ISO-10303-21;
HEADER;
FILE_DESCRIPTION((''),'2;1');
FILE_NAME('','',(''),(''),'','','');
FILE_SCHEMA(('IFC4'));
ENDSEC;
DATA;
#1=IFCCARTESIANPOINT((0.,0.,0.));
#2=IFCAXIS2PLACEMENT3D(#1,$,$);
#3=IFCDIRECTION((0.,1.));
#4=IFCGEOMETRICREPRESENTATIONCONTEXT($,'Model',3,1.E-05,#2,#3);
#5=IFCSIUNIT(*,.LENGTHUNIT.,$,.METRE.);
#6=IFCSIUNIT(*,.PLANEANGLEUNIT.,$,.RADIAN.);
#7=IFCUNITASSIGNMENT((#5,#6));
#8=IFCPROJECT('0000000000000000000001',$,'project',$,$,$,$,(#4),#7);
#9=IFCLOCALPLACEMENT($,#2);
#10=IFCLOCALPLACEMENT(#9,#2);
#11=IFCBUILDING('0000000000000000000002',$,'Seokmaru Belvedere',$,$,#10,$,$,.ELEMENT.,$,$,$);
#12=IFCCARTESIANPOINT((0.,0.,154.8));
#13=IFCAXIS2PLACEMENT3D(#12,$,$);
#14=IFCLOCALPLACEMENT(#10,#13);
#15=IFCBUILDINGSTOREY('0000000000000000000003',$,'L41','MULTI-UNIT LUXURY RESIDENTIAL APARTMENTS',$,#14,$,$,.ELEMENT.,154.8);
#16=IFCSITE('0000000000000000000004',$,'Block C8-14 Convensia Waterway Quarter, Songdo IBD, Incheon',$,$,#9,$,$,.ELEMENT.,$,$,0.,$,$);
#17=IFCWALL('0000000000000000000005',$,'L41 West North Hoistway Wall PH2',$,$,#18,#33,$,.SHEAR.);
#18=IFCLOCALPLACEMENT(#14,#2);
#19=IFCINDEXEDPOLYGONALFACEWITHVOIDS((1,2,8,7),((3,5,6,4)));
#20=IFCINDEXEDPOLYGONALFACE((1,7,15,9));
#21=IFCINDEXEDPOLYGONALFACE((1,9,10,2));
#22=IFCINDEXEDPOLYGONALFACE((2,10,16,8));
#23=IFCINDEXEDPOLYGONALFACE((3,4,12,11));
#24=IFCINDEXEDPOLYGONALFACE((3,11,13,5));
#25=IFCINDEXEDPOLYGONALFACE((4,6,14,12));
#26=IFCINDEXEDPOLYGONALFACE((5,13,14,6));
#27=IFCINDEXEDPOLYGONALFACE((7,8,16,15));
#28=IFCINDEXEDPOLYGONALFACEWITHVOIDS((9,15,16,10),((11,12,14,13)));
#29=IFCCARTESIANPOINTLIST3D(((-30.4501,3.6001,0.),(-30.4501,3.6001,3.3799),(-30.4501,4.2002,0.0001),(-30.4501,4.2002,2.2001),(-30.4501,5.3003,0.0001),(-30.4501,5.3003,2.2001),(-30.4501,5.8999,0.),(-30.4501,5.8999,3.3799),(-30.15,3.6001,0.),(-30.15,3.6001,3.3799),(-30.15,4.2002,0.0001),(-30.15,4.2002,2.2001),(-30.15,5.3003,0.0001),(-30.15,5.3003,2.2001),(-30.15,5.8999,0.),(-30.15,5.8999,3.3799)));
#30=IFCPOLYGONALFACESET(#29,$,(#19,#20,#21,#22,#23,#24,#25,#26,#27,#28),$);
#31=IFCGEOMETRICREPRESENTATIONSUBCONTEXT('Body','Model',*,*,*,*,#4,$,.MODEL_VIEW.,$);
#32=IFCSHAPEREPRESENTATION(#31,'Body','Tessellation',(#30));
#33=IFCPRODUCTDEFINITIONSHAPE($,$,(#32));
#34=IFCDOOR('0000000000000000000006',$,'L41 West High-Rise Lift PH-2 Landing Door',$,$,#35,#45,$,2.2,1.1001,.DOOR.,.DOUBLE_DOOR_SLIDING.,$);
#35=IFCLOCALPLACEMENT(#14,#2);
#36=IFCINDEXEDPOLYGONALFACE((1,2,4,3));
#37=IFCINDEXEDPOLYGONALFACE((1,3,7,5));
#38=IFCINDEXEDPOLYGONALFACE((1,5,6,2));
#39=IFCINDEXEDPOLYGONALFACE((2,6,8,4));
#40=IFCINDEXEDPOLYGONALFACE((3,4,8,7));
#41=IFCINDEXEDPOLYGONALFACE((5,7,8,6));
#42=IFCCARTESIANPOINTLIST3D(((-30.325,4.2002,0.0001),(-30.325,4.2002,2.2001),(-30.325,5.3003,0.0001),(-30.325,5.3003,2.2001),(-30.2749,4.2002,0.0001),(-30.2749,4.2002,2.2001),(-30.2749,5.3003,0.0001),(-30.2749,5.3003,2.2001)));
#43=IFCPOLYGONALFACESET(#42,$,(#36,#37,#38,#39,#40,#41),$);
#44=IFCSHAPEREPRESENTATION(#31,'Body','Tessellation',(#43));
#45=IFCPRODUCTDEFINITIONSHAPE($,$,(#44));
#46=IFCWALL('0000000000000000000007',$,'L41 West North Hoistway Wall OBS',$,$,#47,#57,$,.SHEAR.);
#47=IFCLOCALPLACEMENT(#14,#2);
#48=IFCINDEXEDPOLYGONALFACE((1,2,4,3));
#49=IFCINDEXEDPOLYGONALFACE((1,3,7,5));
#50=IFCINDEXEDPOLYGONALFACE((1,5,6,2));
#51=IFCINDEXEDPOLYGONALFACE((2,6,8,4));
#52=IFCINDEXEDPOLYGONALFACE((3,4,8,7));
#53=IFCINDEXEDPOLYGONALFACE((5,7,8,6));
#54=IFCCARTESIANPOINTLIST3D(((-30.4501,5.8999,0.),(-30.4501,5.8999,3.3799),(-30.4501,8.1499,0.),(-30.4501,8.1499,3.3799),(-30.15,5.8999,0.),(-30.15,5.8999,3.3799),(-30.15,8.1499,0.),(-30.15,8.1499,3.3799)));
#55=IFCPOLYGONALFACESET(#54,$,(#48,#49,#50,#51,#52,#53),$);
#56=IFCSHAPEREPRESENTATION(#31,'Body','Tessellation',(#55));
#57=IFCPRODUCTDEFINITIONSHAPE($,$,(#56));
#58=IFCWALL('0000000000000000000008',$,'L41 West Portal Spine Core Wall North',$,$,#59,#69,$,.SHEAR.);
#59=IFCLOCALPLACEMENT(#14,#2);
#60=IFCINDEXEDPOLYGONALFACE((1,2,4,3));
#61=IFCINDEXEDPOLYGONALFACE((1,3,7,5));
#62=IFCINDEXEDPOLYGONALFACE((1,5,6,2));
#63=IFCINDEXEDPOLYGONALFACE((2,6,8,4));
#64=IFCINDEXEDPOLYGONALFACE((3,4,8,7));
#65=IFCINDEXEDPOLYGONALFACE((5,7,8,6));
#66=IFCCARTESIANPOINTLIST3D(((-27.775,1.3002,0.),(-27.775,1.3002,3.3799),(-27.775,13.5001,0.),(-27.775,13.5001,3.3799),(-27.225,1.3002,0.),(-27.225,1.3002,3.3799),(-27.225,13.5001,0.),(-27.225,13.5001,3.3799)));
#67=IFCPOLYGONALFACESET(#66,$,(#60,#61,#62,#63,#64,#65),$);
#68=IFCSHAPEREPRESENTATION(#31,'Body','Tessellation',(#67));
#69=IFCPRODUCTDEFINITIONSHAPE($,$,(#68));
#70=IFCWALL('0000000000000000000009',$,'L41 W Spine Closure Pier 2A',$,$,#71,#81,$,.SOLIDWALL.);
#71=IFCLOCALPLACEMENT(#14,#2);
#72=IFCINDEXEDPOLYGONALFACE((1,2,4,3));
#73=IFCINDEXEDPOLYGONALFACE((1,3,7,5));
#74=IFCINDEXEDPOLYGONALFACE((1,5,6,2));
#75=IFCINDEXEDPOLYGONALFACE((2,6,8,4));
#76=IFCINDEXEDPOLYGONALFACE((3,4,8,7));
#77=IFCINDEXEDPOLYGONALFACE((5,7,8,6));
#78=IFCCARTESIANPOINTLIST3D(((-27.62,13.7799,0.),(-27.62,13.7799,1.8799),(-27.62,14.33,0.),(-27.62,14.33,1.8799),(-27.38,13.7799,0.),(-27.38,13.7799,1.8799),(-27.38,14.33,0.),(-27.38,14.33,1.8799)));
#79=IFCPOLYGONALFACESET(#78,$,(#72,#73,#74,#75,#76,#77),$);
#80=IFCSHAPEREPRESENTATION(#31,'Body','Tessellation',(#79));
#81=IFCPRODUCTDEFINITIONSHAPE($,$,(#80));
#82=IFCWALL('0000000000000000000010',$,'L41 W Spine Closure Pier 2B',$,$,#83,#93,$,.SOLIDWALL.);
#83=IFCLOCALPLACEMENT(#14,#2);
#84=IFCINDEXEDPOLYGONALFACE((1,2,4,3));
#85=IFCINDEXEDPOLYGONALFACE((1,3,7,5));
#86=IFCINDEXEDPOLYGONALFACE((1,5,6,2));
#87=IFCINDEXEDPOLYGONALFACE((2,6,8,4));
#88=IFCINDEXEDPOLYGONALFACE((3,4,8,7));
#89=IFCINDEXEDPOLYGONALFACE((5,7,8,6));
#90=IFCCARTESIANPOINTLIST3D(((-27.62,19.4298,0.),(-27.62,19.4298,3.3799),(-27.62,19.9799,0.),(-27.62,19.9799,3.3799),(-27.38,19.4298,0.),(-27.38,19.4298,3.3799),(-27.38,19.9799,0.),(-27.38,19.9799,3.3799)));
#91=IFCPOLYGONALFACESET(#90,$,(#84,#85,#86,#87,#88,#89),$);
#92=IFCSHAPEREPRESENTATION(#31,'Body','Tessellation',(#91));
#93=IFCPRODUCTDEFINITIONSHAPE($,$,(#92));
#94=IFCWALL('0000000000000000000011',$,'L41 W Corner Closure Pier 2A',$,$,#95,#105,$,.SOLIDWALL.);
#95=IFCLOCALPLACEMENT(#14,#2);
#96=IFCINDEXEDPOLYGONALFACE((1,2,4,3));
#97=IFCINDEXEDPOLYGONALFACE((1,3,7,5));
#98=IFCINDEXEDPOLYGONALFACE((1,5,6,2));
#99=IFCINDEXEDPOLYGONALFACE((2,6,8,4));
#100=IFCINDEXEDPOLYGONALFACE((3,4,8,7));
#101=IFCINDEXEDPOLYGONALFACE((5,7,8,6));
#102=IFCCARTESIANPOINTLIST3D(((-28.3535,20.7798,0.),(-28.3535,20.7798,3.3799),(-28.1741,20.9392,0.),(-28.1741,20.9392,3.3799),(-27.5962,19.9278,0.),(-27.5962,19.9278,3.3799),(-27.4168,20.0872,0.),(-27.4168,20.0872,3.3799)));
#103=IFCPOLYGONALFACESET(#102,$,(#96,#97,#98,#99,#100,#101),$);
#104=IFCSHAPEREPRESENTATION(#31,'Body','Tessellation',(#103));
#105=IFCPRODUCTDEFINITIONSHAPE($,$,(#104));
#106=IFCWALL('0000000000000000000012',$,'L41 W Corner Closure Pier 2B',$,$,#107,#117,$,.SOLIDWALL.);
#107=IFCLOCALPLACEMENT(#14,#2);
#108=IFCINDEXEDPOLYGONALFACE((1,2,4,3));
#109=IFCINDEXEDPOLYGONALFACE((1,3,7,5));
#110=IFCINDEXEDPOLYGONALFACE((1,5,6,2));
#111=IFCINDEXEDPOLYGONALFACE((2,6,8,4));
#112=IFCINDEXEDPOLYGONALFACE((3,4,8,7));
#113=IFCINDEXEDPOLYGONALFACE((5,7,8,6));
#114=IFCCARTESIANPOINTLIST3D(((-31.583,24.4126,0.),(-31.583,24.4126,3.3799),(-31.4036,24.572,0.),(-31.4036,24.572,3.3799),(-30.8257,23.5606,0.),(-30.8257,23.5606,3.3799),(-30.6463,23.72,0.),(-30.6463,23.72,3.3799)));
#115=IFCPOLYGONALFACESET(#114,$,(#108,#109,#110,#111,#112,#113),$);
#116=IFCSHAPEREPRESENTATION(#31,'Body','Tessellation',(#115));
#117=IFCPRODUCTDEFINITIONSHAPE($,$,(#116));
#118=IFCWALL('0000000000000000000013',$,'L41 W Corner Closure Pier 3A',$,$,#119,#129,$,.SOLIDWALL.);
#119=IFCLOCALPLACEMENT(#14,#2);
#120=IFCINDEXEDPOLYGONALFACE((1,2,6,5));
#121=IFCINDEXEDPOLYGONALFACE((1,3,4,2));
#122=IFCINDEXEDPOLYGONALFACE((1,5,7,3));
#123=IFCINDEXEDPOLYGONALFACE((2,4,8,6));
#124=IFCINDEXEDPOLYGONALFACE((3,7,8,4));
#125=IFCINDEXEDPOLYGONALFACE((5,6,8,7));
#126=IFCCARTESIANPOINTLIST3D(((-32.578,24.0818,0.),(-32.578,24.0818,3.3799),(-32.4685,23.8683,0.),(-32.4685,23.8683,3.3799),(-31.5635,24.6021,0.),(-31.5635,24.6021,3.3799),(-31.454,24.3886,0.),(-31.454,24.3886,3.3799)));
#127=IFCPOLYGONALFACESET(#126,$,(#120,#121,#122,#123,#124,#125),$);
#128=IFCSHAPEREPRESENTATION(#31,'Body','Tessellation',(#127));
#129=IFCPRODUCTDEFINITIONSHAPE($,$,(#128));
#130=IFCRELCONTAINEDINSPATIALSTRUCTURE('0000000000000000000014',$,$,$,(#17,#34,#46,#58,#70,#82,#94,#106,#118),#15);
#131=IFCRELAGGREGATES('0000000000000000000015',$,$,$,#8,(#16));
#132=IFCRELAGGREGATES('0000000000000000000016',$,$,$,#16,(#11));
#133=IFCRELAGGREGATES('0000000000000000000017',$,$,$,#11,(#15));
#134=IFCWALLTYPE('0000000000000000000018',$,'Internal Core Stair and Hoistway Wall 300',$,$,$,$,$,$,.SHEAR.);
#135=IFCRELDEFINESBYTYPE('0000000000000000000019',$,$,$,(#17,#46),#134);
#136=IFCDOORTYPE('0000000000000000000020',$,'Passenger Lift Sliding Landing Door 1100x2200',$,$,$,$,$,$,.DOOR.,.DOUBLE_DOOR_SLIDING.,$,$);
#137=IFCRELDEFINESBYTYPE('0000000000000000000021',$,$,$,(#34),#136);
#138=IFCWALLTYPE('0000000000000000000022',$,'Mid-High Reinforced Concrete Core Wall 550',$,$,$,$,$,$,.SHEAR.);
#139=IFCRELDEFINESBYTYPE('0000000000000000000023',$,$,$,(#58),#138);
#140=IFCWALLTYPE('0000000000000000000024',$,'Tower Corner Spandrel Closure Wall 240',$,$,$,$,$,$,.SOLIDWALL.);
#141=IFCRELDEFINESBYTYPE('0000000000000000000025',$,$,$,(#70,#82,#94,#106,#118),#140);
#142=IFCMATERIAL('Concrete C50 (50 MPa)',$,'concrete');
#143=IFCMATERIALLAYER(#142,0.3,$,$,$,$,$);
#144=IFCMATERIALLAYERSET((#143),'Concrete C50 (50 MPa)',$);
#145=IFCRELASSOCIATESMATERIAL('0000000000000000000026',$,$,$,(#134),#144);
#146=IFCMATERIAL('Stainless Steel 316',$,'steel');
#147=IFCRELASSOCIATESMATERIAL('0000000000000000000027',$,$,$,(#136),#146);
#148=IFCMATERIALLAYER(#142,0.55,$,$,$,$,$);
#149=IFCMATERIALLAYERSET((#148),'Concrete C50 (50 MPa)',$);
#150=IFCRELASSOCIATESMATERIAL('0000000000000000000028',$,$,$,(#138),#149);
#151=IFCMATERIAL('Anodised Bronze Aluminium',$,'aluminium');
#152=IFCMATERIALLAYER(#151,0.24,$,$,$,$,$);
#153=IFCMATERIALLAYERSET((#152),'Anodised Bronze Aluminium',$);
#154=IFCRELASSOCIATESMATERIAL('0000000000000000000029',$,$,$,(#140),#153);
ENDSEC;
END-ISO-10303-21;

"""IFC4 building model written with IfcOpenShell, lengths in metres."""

from ifc_helpers import new_model, si_unit, direction, frame, frame_2d, origin, place, context, subcontext, project, spatial, rectangle, extrude, source, transform, mapped, material, layer, layer_set, type_object, type_shapes, element, fill, save


model = new_model("IFC4")

# Units and contexts
model_context = context("Model", 3, precision=1e-05, world=origin(), true_north=direction((0.0, 1.0)))
body_context = subcontext(model_context, "Body", "Model", "MODEL_VIEW")
ifc_project = project(units=[si_unit("LENGTHUNIT", "METRE"), si_unit("PLANEANGLEUNIT", "RADIAN")], contexts=[model_context])

# Site, building, storey
site_placement = place(None, origin())
site = spatial("IfcSite", under=ifc_project, at=site_placement, Name="Block C8-14 Convensia Waterway Quarter, Songdo IBD, Incheon", CompositionType="ELEMENT", RefElevation=0.0)
building_placement = place(site_placement, origin())
building = spatial("IfcBuilding", under=site, at=building_placement, Name="Seokmaru Belvedere", CompositionType="ELEMENT")
storey_placement = place(building_placement, frame((0.0, 0.0, 154.8)))
storey = spatial("IfcBuildingStorey", under=building, at=storey_placement, Name="L41", Description="MULTI-UNIT LUXURY RESIDENTIAL APARTMENTS", CompositionType="ELEMENT", Elevation=154.8)

# Shared definitions
ifc_material_1 = material(Name="Anodised Bronze Aluminium", Category="aluminium")

# Shared definitions
ifc_material_2 = material(Name="Concrete C50 (50 MPa)", Category="concrete")

# Wall, opening, door
ifc_layer_1 = layer(ifc_material_2, 0.3)
ifc_layer_set_1 = layer_set([ifc_layer_1], Name="Concrete C50 (50 MPa)")
wall_type_1 = type_object("IfcWallType", Name="Internal Core Stair and Hoistway Wall 300", PredefinedType="SHEAR", material=ifc_layer_set_1)
ifc_material_3 = material(Name="Stainless Steel 316", Category="steel")
door_type_1 = type_object("IfcDoorType", Name="Passenger Lift Sliding Landing Door 1100x2200", OperationType="DOUBLE_DOOR_SLIDING", PredefinedType="DOOR", material=ifc_material_3)
shared_shape_1 = source(origin(), body_context, "Body", "SweptSolid", [
    extrude(rectangle(XDim=1.1001, YDim=2.2, at=frame_2d((0.55, 1.1001))), frame((0.0, 0.0249, 0.0), z_axis=(0.0, -1.0, 0.0), x_axis=(1.0, 0.0, 0.0)), (0.0, 0.0, 1.0), 0.05),
])
type_shapes(door_type_1, [shared_shape_1])
wall_1_placement = place(storey_placement, frame((-30.3, 3.6001, 0.0), z_axis=(0.0, 0.0, 1.0), x_axis=(0.0, 1.0, 0.0)))
wall_1 = element("IfcWall", 1, at=wall_1_placement, inside=storey, type_object=wall_type_1, Name="L41 West North Hoistway Wall PH2", PredefinedType="SHEAR", context=body_context, shape_type="SweptSolid", body=[
    extrude(rectangle(XDim=2.2998, YDim=0.3, at=frame_2d((1.1499, 0.0))), origin(), (0.0, 0.0, 1.0), 3.3799),
])
opening_1_placement = place(wall_1_placement, frame((0.6001, 0.0, 0.0)))
opening_1 = element("IfcOpeningElement", 2, at=opening_1_placement, cuts=wall_1, PredefinedType="OPENING", context=body_context, shape_type="SweptSolid", body=[
    extrude(rectangle(XDim=1.1001, YDim=2.2, at=frame_2d((0.55, 1.1001))), frame((0.0, 0.1602, 0.0), z_axis=(0.0, -1.0, 0.0), x_axis=(1.0, 0.0, 0.0)), (0.0, 0.0, 1.0), 0.3201),
])
door_1_placement = place(opening_1_placement, origin())
door_1 = element("IfcDoor", 3, at=door_1_placement, inside=storey, type_object=door_type_1, Name="L41 West High-Rise Lift PH-2 Landing Door", OperationType="DOUBLE_DOOR_SLIDING", OverallHeight=2.2, OverallWidth=1.1001, PredefinedType="DOOR", context=body_context, shape_type="MappedRepresentation", body=[
    mapped(shared_shape_1, transform((0.0, 0.0, 0.0), scale=1.0)),
])
fill(opening_1, door_1)

# Wall
wall_2_placement = place(storey_placement, frame((-30.3, 5.8999, 0.0), z_axis=(0.0, 0.0, 1.0), x_axis=(0.0, 1.0, 0.0)))
element("IfcWall", 4, at=wall_2_placement, inside=storey, type_object=wall_type_1, Name="L41 West North Hoistway Wall OBS", PredefinedType="SHEAR", context=body_context, shape_type="SweptSolid", body=[
    extrude(rectangle(XDim=2.25, YDim=0.3, at=frame_2d((1.125, 0.0))), origin(), (0.0, 0.0, 1.0), 3.3799),
])

# Walls
ifc_layer_2 = layer(ifc_material_2, 0.55)
ifc_layer_set_2 = layer_set([ifc_layer_2], Name="Concrete C50 (50 MPa)")
wall_type_2 = type_object("IfcWallType", Name="Mid-High Reinforced Concrete Core Wall 550", PredefinedType="SHEAR", material=ifc_layer_set_2)
wall_3_placement = place(storey_placement, frame((-27.5, 1.3, 0.0), z_axis=(0.0, 0.0, 1.0), x_axis=(0.0, 1.0, 0.0)))
element("IfcWall", 5, at=wall_3_placement, inside=storey, type_object=wall_type_2, Name="L41 West Portal Spine Core Wall North", PredefinedType="SHEAR", context=body_context, shape_type="SweptSolid", body=[
    extrude(rectangle(XDim=12.2, YDim=0.55, at=frame_2d((6.1001, 0.0))), origin(), (0.0, 0.0, 1.0), 3.3799),
])
ifc_layer_3 = layer(ifc_material_1, 0.24)
ifc_layer_set_3 = layer_set([ifc_layer_3], Name="Anodised Bronze Aluminium")
wall_type_3 = type_object("IfcWallType", Name="Tower Corner Spandrel Closure Wall 240", PredefinedType="SOLIDWALL", material=ifc_layer_set_3)
wall_4_placement = place(storey_placement, frame((-27.5, 13.78, 0.0), z_axis=(0.0, 0.0, 1.0), x_axis=(0.0, 1.0, 0.0)))
element("IfcWall", 6, at=wall_4_placement, inside=storey, type_object=wall_type_3, Name="L41 W Spine Closure Pier 2A", PredefinedType="SOLIDWALL", context=body_context, shape_type="SweptSolid", body=[
    extrude(rectangle(XDim=0.55, YDim=0.24, at=frame_2d((0.2749, 0.0))), origin(), (0.0, 0.0, 1.0), 1.8799),
])
wall_5_placement = place(storey_placement, frame((-27.5, 19.4299, 0.0), z_axis=(0.0, 0.0, 1.0), x_axis=(0.0, 1.0, 0.0)))
element("IfcWall", 7, at=wall_5_placement, inside=storey, type_object=wall_type_3, Name="L41 W Spine Closure Pier 2B", PredefinedType="SOLIDWALL", context=body_context, shape_type="SweptSolid", body=[
    extrude(rectangle(XDim=0.55, YDim=0.24, at=frame_2d((0.2749, 0.0))), origin(), (0.0, 0.0, 1.0), 3.3799),
])
for number, where, z_axis, x_axis, name in (
    (8, (-27.5066, 20.0076, 0.0), (0.0, 0.0, 1.0), (-0.664337, 0.747433, 0.0), "L41 W Corner Closure Pier 2A"),
    (9, (-30.7361, 23.6404, 0.0), (0.0, 0.0, 1.0), (-0.664337, 0.747433, 0.0), "L41 W Corner Closure Pier 2B"),
):
    element("IfcWall", number, at=place(storey_placement, frame(where, z_axis=z_axis, x_axis=x_axis)), inside=storey, type_object=wall_type_3, Name=name, PredefinedType="SOLIDWALL", context=body_context, shape_type="SweptSolid", body=[
        extrude(rectangle(XDim=1.1399, YDim=0.24, at=frame_2d((0.5698, 0.0))), origin(), (0.0, 0.0, 1.0), 3.3799),
    ])
wall_6_placement = place(storey_placement, frame((-31.5088, 24.4954, 0.0), z_axis=(0.0, 0.0, 1.0), x_axis=(-0.889797, -0.456356, 0.0)))
element("IfcWall", 10, at=wall_6_placement, inside=storey, type_object=wall_type_3, Name="L41 W Corner Closure Pier 3A", PredefinedType="SOLIDWALL", context=body_context, shape_type="SweptSolid", body=[
    extrude(rectangle(XDim=1.1401, YDim=0.24, at=frame_2d((0.5701, 0.0))), origin(), (0.0, 0.0, 1.0), 3.3799),
])

save(model, "model.ifc")
